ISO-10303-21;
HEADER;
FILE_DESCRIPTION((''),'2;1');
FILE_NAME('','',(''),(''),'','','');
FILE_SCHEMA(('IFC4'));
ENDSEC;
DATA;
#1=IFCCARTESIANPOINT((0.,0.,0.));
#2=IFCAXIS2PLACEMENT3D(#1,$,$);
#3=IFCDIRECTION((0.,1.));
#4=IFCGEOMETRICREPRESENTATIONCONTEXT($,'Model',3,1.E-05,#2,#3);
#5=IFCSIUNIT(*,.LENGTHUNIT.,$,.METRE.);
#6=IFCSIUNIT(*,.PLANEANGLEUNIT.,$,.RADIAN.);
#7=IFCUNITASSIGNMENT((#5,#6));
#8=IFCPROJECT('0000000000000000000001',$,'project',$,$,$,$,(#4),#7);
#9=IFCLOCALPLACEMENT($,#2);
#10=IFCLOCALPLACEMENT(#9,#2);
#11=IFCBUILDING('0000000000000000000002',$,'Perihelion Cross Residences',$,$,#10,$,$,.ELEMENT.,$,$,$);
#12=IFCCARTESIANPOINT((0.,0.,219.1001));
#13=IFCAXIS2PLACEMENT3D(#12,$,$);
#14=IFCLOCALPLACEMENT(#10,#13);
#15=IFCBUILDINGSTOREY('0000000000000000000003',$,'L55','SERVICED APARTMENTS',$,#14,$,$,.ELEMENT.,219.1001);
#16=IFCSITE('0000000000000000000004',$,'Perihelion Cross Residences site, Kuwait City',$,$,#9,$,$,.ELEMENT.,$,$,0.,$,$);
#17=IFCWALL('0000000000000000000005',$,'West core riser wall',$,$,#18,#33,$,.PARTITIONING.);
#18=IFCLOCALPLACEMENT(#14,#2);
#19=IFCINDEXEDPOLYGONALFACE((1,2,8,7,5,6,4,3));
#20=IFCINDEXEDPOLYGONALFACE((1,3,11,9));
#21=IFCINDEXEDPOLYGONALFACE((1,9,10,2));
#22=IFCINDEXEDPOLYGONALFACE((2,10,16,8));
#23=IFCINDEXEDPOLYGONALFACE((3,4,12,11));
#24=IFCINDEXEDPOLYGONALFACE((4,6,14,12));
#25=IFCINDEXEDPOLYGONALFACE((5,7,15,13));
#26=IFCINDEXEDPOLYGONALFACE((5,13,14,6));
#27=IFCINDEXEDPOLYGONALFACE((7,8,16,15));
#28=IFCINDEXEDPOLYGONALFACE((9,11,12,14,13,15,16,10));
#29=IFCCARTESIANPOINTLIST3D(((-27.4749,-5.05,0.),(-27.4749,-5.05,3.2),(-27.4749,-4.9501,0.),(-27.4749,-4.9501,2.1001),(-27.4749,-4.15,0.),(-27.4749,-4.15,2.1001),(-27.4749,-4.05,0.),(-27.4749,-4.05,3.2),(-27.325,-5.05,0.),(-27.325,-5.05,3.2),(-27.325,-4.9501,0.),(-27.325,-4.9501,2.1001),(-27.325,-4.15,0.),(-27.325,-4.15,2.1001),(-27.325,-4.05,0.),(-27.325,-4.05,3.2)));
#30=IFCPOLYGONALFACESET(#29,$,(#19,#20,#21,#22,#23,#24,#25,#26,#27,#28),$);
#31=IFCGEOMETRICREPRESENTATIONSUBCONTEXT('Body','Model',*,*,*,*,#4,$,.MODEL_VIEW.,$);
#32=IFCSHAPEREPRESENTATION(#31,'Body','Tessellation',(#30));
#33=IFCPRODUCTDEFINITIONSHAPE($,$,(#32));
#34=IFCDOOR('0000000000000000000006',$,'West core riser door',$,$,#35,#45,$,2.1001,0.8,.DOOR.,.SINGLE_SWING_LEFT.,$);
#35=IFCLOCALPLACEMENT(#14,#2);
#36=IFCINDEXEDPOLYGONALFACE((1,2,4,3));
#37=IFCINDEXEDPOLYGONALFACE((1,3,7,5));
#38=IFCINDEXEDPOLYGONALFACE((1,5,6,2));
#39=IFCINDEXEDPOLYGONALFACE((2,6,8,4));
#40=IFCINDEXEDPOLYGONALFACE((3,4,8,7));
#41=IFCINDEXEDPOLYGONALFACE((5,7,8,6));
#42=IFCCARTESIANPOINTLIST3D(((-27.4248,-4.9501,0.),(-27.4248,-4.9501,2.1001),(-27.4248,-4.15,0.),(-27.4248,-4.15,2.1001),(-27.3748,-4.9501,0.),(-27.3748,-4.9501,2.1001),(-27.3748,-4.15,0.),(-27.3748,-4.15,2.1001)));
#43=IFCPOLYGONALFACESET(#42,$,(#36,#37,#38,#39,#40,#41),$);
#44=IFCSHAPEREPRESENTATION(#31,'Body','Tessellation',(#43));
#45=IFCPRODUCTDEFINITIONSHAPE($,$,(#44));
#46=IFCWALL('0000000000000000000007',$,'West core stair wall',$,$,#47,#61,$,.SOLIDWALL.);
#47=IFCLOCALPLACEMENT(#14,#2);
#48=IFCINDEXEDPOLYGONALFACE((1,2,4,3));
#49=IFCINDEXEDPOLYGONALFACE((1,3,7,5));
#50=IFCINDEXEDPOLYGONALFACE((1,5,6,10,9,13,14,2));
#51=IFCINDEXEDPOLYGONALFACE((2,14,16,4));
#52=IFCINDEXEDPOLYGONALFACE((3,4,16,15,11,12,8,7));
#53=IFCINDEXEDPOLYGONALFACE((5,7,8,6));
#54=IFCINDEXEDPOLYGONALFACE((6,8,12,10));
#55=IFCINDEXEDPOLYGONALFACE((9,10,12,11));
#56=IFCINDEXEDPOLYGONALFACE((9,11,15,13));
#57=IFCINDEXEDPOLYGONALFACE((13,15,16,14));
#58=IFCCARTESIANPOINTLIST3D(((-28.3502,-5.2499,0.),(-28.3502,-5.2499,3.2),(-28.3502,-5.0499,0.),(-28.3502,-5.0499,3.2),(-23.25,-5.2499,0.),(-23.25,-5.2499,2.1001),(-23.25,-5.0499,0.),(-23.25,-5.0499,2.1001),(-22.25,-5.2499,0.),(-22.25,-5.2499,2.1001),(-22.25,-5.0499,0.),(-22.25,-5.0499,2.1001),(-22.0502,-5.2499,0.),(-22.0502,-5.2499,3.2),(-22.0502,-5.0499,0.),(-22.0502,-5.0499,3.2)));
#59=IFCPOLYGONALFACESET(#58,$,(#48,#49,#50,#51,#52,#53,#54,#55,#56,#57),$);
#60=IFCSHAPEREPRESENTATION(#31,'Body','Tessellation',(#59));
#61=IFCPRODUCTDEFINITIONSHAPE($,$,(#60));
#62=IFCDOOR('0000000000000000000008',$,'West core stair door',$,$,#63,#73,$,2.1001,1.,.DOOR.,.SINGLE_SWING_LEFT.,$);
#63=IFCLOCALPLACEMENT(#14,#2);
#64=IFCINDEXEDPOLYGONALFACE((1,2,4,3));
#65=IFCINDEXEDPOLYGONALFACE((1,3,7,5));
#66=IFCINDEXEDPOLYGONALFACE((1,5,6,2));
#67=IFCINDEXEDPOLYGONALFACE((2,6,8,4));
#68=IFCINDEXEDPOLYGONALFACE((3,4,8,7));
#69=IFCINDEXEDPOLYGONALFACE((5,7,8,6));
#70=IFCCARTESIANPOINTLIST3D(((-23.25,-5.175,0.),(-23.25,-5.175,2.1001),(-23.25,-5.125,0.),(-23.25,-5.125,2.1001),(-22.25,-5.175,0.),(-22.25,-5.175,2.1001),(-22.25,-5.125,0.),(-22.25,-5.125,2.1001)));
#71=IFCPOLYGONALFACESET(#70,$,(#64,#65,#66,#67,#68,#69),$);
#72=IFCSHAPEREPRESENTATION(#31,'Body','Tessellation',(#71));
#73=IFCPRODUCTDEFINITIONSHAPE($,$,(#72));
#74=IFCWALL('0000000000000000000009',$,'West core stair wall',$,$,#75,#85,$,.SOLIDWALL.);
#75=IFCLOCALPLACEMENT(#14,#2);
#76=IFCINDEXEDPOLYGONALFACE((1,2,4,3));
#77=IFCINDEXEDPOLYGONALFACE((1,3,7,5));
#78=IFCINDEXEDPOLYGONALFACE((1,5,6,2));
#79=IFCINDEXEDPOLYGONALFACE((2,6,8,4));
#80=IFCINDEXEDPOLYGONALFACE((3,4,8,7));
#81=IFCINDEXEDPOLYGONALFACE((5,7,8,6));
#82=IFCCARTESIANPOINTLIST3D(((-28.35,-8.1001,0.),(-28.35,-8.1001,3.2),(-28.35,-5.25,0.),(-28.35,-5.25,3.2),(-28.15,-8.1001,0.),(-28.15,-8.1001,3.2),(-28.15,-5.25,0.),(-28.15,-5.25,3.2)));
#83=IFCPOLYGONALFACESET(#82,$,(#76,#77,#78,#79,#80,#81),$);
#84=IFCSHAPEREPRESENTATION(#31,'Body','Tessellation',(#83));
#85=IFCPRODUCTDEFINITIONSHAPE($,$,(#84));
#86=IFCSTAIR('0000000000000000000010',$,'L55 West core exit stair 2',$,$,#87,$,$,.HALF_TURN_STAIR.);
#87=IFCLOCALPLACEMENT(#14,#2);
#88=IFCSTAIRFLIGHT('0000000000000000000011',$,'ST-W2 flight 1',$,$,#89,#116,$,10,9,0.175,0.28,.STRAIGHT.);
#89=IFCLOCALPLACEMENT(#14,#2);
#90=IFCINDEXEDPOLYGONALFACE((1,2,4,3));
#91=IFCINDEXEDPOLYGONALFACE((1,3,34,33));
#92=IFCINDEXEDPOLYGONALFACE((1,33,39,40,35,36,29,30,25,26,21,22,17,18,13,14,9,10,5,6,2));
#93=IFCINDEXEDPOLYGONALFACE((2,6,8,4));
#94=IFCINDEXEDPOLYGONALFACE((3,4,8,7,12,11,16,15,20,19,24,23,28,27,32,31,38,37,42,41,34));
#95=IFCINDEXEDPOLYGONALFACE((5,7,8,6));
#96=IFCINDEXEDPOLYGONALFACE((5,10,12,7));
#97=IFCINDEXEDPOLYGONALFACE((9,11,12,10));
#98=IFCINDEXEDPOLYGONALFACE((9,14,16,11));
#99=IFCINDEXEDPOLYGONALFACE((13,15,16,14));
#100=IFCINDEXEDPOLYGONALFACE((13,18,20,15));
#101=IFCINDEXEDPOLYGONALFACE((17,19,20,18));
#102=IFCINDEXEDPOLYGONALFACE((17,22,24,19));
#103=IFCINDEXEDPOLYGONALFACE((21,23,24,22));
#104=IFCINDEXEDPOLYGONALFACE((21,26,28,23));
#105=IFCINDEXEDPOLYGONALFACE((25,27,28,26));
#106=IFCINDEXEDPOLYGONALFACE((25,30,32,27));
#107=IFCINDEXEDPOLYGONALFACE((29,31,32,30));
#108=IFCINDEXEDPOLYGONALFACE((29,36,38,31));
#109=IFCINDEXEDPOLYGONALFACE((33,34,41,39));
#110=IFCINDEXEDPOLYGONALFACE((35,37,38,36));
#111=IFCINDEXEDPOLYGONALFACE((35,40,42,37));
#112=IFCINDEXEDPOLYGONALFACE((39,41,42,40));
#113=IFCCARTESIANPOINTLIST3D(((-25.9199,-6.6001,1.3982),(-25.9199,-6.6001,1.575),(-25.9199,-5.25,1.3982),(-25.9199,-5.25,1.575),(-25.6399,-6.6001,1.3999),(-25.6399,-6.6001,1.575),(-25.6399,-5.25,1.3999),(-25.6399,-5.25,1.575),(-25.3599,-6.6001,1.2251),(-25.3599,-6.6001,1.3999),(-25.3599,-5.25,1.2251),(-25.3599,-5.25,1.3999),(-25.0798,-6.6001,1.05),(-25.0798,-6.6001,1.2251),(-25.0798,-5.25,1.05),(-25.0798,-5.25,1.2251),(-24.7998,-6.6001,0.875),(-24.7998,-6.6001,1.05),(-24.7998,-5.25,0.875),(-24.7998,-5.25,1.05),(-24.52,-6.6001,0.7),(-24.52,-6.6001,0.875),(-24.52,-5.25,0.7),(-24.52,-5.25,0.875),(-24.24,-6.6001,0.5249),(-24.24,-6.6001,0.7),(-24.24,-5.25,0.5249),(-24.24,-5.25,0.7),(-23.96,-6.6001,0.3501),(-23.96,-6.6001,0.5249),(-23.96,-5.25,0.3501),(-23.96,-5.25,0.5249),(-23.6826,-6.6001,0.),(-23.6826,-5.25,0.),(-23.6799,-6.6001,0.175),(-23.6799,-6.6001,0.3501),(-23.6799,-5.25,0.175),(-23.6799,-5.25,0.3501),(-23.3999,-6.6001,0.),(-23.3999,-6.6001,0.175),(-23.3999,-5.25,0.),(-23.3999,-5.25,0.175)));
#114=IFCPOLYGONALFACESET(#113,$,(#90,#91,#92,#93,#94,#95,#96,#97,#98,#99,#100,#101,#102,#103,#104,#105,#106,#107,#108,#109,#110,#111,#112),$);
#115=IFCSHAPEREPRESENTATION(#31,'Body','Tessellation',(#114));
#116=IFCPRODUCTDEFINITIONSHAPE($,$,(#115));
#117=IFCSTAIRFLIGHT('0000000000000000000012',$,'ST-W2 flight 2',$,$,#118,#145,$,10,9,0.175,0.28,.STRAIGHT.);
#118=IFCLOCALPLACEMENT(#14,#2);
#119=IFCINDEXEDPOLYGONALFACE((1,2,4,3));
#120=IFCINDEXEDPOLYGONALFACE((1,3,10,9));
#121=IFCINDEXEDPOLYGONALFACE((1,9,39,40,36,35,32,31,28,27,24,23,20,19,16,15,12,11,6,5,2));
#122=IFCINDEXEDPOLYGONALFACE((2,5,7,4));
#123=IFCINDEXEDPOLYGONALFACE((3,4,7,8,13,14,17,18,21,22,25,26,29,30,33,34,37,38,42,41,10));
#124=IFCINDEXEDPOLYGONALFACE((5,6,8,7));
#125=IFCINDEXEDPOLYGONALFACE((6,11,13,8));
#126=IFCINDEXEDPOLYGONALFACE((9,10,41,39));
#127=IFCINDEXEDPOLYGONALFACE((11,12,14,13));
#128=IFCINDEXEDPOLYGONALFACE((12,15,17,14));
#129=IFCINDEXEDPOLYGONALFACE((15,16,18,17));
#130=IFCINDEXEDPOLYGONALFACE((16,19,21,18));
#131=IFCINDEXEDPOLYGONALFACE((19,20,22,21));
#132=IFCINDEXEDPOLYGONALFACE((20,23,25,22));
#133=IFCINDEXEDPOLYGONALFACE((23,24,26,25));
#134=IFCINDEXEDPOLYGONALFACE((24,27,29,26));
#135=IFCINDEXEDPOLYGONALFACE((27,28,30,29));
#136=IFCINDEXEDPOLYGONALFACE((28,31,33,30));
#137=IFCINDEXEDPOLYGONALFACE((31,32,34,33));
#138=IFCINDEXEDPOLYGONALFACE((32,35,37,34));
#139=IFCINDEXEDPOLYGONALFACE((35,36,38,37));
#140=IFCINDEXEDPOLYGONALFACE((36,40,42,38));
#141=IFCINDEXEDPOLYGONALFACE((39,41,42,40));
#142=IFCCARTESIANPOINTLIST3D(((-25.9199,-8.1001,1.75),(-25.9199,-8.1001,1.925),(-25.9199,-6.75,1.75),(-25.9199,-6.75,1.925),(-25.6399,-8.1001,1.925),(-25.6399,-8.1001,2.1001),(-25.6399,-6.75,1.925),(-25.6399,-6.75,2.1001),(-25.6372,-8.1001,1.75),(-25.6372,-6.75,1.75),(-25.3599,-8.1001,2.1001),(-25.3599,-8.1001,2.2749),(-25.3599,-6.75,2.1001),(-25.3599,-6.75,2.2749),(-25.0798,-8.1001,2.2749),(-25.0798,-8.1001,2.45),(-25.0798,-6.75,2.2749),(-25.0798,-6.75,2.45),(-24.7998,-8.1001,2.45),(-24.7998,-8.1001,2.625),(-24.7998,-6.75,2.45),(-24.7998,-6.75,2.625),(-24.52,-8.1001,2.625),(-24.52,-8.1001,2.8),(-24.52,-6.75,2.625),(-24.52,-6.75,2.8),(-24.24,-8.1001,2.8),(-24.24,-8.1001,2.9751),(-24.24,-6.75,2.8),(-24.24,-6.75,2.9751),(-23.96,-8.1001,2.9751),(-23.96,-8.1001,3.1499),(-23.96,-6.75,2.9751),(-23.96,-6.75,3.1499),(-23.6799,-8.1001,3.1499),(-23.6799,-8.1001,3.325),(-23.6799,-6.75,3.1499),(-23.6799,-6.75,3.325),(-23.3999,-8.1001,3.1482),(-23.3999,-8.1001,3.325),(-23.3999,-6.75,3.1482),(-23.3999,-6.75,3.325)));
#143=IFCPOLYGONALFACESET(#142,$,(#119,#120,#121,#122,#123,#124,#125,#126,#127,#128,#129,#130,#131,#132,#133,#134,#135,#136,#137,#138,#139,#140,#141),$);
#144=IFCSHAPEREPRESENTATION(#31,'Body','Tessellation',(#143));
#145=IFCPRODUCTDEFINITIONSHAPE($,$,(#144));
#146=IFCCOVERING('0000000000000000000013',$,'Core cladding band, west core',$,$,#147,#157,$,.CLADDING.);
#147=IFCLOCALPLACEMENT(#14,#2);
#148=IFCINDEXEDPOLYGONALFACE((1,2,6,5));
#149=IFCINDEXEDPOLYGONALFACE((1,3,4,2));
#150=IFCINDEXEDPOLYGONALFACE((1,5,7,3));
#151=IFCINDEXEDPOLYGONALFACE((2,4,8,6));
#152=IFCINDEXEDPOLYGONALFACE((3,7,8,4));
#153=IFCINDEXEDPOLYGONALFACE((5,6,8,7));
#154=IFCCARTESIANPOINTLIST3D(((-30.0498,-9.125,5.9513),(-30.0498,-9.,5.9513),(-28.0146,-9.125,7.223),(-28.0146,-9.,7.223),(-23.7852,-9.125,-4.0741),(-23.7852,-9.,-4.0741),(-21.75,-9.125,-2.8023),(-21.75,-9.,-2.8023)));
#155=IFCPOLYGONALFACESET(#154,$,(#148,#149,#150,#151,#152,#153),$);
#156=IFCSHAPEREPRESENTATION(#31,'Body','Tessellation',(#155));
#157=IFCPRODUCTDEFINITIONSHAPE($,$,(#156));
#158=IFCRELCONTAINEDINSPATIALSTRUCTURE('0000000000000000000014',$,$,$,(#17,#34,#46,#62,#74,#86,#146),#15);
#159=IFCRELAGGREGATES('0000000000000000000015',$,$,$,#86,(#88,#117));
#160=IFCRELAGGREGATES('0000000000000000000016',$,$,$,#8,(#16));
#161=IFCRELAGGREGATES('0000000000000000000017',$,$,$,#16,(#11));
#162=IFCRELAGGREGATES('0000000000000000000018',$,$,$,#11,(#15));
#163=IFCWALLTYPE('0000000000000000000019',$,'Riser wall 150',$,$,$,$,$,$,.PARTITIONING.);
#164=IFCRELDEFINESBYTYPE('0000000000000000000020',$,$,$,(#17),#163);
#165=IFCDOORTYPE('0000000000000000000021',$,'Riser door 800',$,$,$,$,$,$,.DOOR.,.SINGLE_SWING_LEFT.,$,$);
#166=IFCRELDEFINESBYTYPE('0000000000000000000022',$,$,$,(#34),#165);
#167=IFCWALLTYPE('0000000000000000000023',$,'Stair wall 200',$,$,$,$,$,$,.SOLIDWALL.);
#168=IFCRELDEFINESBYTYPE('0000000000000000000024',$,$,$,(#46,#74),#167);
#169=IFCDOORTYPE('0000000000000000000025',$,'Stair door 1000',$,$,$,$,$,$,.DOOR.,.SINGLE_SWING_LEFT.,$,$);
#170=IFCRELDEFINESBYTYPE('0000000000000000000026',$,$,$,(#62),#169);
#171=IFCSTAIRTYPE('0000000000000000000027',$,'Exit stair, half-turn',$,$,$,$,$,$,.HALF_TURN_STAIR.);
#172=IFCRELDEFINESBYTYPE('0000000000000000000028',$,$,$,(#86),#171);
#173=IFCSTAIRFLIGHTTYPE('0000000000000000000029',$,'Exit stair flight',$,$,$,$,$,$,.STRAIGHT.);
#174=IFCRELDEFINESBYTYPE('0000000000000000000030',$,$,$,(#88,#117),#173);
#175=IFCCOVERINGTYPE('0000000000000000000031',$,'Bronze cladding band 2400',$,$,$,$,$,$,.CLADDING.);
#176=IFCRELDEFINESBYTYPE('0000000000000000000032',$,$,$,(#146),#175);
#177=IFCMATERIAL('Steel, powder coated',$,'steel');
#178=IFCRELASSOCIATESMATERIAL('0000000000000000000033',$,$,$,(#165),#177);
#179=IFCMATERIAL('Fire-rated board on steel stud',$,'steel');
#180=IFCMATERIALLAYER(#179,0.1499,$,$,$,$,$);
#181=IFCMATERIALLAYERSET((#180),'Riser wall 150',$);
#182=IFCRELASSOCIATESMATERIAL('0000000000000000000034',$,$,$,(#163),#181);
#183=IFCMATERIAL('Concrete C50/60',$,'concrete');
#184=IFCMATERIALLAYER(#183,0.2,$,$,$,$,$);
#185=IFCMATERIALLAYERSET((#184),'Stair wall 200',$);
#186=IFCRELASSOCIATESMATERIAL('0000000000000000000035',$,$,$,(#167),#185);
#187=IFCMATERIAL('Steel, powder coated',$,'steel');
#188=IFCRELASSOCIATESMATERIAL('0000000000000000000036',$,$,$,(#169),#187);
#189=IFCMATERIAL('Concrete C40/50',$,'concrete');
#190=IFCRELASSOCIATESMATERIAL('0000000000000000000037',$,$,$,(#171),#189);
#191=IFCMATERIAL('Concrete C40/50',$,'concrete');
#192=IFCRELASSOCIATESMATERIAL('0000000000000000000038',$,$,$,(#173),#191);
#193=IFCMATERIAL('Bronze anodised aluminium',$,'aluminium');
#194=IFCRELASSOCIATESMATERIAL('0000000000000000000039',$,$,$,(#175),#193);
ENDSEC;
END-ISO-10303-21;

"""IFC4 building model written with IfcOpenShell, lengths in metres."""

from ifc_helpers import new_model, si_unit, direction, frame, frame_2d, origin, origin_2d, place, context, subcontext, project, spatial, polyline, rectangle, outline, extrude, material, layer, layer_set, material_profile, profile_set, type_object, element, fill, aggregate, save


model = new_model("IFC4")

# Units and contexts
model_context = context("Model", 3, precision=1e-05, world=origin(), true_north=direction((0.0, 1.0)))
body_context = subcontext(model_context, "Body", "Model", "MODEL_VIEW")
ifc_project = project(units=[si_unit("LENGTHUNIT", "METRE"), si_unit("PLANEANGLEUNIT", "RADIAN")], contexts=[model_context])

# Site, building, storey
site_placement = place(None, origin())
site = spatial("IfcSite", under=ifc_project, at=site_placement, Name="Perihelion Cross Residences site, Kuwait City", CompositionType="ELEMENT", RefElevation=0.0)
building_placement = place(site_placement, origin())
building = spatial("IfcBuilding", under=site, at=building_placement, Name="Perihelion Cross Residences", CompositionType="ELEMENT")
storey_placement = place(building_placement, frame((0.0, 0.0, 219.1001)))
storey = spatial("IfcBuildingStorey", under=building, at=storey_placement, Name="L55", Description="SERVICED APARTMENTS", CompositionType="ELEMENT", Elevation=219.1001)

# Shared definitions
ifc_material_1 = material(Name="Steel, powder coated", Category="steel")
door_type_1 = type_object("IfcDoorType", Name="Riser door 800", OperationType="SINGLE_SWING_LEFT", PredefinedType="DOOR", material=ifc_material_1)

# Walls, openings, doors
ifc_material_2 = material(Name="Fire-rated board on steel stud", Category="steel")
ifc_layer_1 = layer(ifc_material_2, 0.1499)
ifc_layer_set_1 = layer_set([ifc_layer_1], Name="Riser wall 150")
wall_type_1 = type_object("IfcWallType", Name="Riser wall 150", PredefinedType="PARTITIONING", material=ifc_layer_set_1)
wall_1_placement = place(storey_placement, frame((-27.3999, -5.05, 0.0), z_axis=(0.0, 0.0, 1.0), x_axis=(0.0, 1.0, 0.0)))
wall_1 = element("IfcWall", 1, at=wall_1_placement, inside=storey, type_object=wall_type_1, Name="West core riser wall", PredefinedType="PARTITIONING", context=body_context, shape_type="SweptSolid", body=[
    extrude(rectangle(XDim=1.0, YDim=0.1499, at=frame_2d((0.5, 0.0))), origin(), (0.0, 0.0, 1.0), 3.2),
])
opening_1_placement = place(wall_1_placement, frame((0.1001, 0.0, 0.0)))
opening_1 = element("IfcOpeningElement", 2, at=opening_1_placement, cuts=wall_1, PredefinedType="OPENING", context=body_context, shape_type="SweptSolid", body=[
    extrude(rectangle(XDim=0.8, YDim=2.1001, at=frame_2d((0.3999, 1.05))), frame((0.0, 0.085, 0.0), z_axis=(0.0, -1.0, 0.0), x_axis=(1.0, 0.0, 0.0)), (0.0, 0.0, 1.0), 0.1699),
])
door_1_placement = place(opening_1_placement, origin())
door_1 = element("IfcDoor", 3, at=door_1_placement, inside=storey, type_object=door_type_1, Name="West core riser door", OperationType="SINGLE_SWING_LEFT", OverallHeight=2.1001, OverallWidth=0.8, PredefinedType="DOOR", context=body_context, shape_type="SweptSolid", body=[
    extrude(rectangle(XDim=0.8, YDim=2.1001, at=frame_2d((0.3999, 1.05))), frame((0.0, 0.0249, 0.0), z_axis=(0.0, -1.0, 0.0), x_axis=(1.0, 0.0, 0.0)), (0.0, 0.0, 1.0), 0.05),
])
fill(opening_1, door_1)
ifc_material_3 = material(Name="Concrete C50/60", Category="concrete")
ifc_layer_2 = layer(ifc_material_3, 0.2)
ifc_layer_set_2 = layer_set([ifc_layer_2], Name="Stair wall 200")
wall_type_2 = type_object("IfcWallType", Name="Stair wall 200", PredefinedType="SOLIDWALL", material=ifc_layer_set_2)
wall_2_placement = place(storey_placement, frame((-28.3501, -5.1499, 0.0), z_axis=(0.0, 0.0, 1.0), x_axis=(1.0, 0.0, 0.0)))
wall_2 = element("IfcWall", 4, at=wall_2_placement, inside=storey, type_object=wall_type_2, Name="West core stair wall", PredefinedType="SOLIDWALL", context=body_context, shape_type="SweptSolid", body=[
    extrude(rectangle(XDim=6.3, YDim=0.2, at=frame_2d((3.1499, 0.0))), origin(), (0.0, 0.0, 1.0), 3.2),
])
opening_2_placement = place(wall_2_placement, frame((5.1001, 0.0, 0.0)))
opening_2 = element("IfcOpeningElement", 5, at=opening_2_placement, cuts=wall_2, PredefinedType="OPENING", context=body_context, shape_type="SweptSolid", body=[
    extrude(rectangle(XDim=1.0, YDim=2.1001, at=frame_2d((0.5, 1.05))), frame((0.0, 0.1099, 0.0), z_axis=(0.0, -1.0, 0.0), x_axis=(1.0, 0.0, 0.0)), (0.0, 0.0, 1.0), 0.22),
])
ifc_material_4 = material(Name="Steel, powder coated", Category="steel")
door_type_2 = type_object("IfcDoorType", Name="Stair door 1000", OperationType="SINGLE_SWING_LEFT", PredefinedType="DOOR", material=ifc_material_4)
door_2_placement = place(opening_2_placement, origin())
door_2 = element("IfcDoor", 6, at=door_2_placement, inside=storey, type_object=door_type_2, Name="West core stair door", OperationType="SINGLE_SWING_LEFT", OverallHeight=2.1001, OverallWidth=1.0, PredefinedType="DOOR", context=body_context, shape_type="SweptSolid", body=[
    extrude(rectangle(XDim=1.0, YDim=2.1001, at=frame_2d((0.5, 1.05))), frame((0.0, 0.0249, 0.0), z_axis=(0.0, -1.0, 0.0), x_axis=(1.0, 0.0, 0.0)), (0.0, 0.0, 1.0), 0.05),
])
fill(opening_2, door_2)

# Wall
wall_3_placement = place(storey_placement, frame((-28.25, -8.1001, 0.0), z_axis=(0.0, 0.0, 1.0), x_axis=(0.0, 1.0, 0.0)))
element("IfcWall", 7, at=wall_3_placement, inside=storey, type_object=wall_type_2, Name="West core stair wall", PredefinedType="SOLIDWALL", context=body_context, shape_type="SweptSolid", body=[
    extrude(rectangle(XDim=2.8501, YDim=0.2, at=frame_2d((1.425, 0.0))), origin(), (0.0, 0.0, 1.0), 3.2),
])

# Stair, stair flights
ifc_material_5 = material(Name="Concrete C40/50", Category="concrete")
stair_type = type_object("IfcStairType", Name="Exit stair, half-turn", PredefinedType="HALF_TURN_STAIR", material=ifc_material_5)
stair_placement = place(storey_placement, origin())
stair = element("IfcStair", 8, at=stair_placement, inside=storey, type_object=stair_type, Name="L55 West core exit stair 2", PredefinedType="HALF_TURN_STAIR")
ifc_material_6 = material(Name="Concrete C40/50", Category="concrete")
stair_flight_type = type_object("IfcStairFlightType", Name="Exit stair flight", PredefinedType="STRAIGHT", material=ifc_material_6)
stair_flight_1_placement = place(storey_placement, frame((-23.3999, -5.925, 0.0), z_axis=(0.0, 0.0, 1.0), x_axis=(-1.0, 0.0, 0.0)))
stair_flight_1 = element("IfcStairFlight", 9, at=stair_flight_1_placement, type_object=stair_flight_type, Name="ST-W2 flight 1", NumberOfRisers=10, NumberOfTreads=9, PredefinedType="STRAIGHT", RiserHeight=0.175, TreadLength=0.28, context=body_context, shape_type="SweptSolid", body=[
    extrude(outline(polyline([(0.0, 0.0), (0.0, 0.175), (0.28, 0.175), (0.28, 0.3501), (0.5601, 0.3501), (0.5601, 0.5249), (0.8401, 0.5249), (0.8401, 0.7), (1.1201, 0.7), (1.1201, 0.875), (1.3999, 0.875), (1.3999, 1.05), (1.6799, 1.05), (1.6799, 1.2251), (1.96, 1.2251), (1.96, 1.3999), (2.24, 1.3999), (2.24, 1.575), (2.52, 1.575), (2.52, 1.75), (2.52, 1.3982), (0.2827, 0.0), (0.0, 0.0)])), frame((0.0, 0.675, 0.0), z_axis=(0.0, -1.0, 0.0), x_axis=(1.0, 0.0, 0.0)), (0.0, 0.0, 1.0), 1.3501),
])
stair_flight_2_placement = place(storey_placement, frame((-25.9199, -7.425, 1.75), z_axis=(0.0, 0.0, 1.0), x_axis=(1.0, 0.0, 0.0)))
stair_flight_2 = element("IfcStairFlight", 10, at=stair_flight_2_placement, type_object=stair_flight_type, Name="ST-W2 flight 2", NumberOfRisers=10, NumberOfTreads=9, PredefinedType="STRAIGHT", RiserHeight=0.175, TreadLength=0.28, context=body_context, shape_type="SweptSolid", body=[
    extrude(outline(polyline([(0.0, 0.0), (0.0, 0.175), (0.28, 0.175), (0.28, 0.3501), (0.5601, 0.3501), (0.5601, 0.5249), (0.8401, 0.5249), (0.8401, 0.7), (1.1201, 0.7), (1.1201, 0.875), (1.3999, 0.875), (1.3999, 1.05), (1.6799, 1.05), (1.6799, 1.2251), (1.96, 1.2251), (1.96, 1.3999), (2.24, 1.3999), (2.24, 1.575), (2.52, 1.575), (2.52, 1.75), (2.52, 1.3982), (0.2827, 0.0), (0.0, 0.0)])), frame((0.0, 0.675, 0.0), z_axis=(0.0, -1.0, 0.0), x_axis=(1.0, 0.0, 0.0)), (0.0, 0.0, 1.0), 1.3501),
])
aggregate(stair, [stair_flight_1, stair_flight_2])

# Covering
ifc_material_7 = material(Name="Bronze anodised aluminium", Category="aluminium")
ifc_material_profile_1 = material_profile(ifc_material_7, rectangle(XDim=0.125, YDim=2.3999, at=origin_2d()), Name="Bronze cladding band 2400")
ifc_profile_set_1 = profile_set([ifc_material_profile_1], Name="Bronze anodised aluminium")
covering_type = type_object("IfcCoveringType", Name="Bronze cladding band 2400", PredefinedType="CLADDING", material=ifc_profile_set_1)
covering_placement = place(storey_placement, frame((-22.7676, -9.0625, -3.4382), z_axis=(-0.529925, 0.0, 0.848045), x_axis=(0.0, -1.0, 0.0)))
element("IfcCovering", 11, at=covering_placement, inside=storey, type_object=covering_type, Name="Core cladding band, west core", PredefinedType="CLADDING", context=body_context, shape_type="SweptSolid", body=[
    extrude(rectangle(XDim=0.125, YDim=2.3999, at=origin_2d()), origin(), (0.0, 0.0, 1.0), 11.8218),
])

save(model, "model.ifc")
